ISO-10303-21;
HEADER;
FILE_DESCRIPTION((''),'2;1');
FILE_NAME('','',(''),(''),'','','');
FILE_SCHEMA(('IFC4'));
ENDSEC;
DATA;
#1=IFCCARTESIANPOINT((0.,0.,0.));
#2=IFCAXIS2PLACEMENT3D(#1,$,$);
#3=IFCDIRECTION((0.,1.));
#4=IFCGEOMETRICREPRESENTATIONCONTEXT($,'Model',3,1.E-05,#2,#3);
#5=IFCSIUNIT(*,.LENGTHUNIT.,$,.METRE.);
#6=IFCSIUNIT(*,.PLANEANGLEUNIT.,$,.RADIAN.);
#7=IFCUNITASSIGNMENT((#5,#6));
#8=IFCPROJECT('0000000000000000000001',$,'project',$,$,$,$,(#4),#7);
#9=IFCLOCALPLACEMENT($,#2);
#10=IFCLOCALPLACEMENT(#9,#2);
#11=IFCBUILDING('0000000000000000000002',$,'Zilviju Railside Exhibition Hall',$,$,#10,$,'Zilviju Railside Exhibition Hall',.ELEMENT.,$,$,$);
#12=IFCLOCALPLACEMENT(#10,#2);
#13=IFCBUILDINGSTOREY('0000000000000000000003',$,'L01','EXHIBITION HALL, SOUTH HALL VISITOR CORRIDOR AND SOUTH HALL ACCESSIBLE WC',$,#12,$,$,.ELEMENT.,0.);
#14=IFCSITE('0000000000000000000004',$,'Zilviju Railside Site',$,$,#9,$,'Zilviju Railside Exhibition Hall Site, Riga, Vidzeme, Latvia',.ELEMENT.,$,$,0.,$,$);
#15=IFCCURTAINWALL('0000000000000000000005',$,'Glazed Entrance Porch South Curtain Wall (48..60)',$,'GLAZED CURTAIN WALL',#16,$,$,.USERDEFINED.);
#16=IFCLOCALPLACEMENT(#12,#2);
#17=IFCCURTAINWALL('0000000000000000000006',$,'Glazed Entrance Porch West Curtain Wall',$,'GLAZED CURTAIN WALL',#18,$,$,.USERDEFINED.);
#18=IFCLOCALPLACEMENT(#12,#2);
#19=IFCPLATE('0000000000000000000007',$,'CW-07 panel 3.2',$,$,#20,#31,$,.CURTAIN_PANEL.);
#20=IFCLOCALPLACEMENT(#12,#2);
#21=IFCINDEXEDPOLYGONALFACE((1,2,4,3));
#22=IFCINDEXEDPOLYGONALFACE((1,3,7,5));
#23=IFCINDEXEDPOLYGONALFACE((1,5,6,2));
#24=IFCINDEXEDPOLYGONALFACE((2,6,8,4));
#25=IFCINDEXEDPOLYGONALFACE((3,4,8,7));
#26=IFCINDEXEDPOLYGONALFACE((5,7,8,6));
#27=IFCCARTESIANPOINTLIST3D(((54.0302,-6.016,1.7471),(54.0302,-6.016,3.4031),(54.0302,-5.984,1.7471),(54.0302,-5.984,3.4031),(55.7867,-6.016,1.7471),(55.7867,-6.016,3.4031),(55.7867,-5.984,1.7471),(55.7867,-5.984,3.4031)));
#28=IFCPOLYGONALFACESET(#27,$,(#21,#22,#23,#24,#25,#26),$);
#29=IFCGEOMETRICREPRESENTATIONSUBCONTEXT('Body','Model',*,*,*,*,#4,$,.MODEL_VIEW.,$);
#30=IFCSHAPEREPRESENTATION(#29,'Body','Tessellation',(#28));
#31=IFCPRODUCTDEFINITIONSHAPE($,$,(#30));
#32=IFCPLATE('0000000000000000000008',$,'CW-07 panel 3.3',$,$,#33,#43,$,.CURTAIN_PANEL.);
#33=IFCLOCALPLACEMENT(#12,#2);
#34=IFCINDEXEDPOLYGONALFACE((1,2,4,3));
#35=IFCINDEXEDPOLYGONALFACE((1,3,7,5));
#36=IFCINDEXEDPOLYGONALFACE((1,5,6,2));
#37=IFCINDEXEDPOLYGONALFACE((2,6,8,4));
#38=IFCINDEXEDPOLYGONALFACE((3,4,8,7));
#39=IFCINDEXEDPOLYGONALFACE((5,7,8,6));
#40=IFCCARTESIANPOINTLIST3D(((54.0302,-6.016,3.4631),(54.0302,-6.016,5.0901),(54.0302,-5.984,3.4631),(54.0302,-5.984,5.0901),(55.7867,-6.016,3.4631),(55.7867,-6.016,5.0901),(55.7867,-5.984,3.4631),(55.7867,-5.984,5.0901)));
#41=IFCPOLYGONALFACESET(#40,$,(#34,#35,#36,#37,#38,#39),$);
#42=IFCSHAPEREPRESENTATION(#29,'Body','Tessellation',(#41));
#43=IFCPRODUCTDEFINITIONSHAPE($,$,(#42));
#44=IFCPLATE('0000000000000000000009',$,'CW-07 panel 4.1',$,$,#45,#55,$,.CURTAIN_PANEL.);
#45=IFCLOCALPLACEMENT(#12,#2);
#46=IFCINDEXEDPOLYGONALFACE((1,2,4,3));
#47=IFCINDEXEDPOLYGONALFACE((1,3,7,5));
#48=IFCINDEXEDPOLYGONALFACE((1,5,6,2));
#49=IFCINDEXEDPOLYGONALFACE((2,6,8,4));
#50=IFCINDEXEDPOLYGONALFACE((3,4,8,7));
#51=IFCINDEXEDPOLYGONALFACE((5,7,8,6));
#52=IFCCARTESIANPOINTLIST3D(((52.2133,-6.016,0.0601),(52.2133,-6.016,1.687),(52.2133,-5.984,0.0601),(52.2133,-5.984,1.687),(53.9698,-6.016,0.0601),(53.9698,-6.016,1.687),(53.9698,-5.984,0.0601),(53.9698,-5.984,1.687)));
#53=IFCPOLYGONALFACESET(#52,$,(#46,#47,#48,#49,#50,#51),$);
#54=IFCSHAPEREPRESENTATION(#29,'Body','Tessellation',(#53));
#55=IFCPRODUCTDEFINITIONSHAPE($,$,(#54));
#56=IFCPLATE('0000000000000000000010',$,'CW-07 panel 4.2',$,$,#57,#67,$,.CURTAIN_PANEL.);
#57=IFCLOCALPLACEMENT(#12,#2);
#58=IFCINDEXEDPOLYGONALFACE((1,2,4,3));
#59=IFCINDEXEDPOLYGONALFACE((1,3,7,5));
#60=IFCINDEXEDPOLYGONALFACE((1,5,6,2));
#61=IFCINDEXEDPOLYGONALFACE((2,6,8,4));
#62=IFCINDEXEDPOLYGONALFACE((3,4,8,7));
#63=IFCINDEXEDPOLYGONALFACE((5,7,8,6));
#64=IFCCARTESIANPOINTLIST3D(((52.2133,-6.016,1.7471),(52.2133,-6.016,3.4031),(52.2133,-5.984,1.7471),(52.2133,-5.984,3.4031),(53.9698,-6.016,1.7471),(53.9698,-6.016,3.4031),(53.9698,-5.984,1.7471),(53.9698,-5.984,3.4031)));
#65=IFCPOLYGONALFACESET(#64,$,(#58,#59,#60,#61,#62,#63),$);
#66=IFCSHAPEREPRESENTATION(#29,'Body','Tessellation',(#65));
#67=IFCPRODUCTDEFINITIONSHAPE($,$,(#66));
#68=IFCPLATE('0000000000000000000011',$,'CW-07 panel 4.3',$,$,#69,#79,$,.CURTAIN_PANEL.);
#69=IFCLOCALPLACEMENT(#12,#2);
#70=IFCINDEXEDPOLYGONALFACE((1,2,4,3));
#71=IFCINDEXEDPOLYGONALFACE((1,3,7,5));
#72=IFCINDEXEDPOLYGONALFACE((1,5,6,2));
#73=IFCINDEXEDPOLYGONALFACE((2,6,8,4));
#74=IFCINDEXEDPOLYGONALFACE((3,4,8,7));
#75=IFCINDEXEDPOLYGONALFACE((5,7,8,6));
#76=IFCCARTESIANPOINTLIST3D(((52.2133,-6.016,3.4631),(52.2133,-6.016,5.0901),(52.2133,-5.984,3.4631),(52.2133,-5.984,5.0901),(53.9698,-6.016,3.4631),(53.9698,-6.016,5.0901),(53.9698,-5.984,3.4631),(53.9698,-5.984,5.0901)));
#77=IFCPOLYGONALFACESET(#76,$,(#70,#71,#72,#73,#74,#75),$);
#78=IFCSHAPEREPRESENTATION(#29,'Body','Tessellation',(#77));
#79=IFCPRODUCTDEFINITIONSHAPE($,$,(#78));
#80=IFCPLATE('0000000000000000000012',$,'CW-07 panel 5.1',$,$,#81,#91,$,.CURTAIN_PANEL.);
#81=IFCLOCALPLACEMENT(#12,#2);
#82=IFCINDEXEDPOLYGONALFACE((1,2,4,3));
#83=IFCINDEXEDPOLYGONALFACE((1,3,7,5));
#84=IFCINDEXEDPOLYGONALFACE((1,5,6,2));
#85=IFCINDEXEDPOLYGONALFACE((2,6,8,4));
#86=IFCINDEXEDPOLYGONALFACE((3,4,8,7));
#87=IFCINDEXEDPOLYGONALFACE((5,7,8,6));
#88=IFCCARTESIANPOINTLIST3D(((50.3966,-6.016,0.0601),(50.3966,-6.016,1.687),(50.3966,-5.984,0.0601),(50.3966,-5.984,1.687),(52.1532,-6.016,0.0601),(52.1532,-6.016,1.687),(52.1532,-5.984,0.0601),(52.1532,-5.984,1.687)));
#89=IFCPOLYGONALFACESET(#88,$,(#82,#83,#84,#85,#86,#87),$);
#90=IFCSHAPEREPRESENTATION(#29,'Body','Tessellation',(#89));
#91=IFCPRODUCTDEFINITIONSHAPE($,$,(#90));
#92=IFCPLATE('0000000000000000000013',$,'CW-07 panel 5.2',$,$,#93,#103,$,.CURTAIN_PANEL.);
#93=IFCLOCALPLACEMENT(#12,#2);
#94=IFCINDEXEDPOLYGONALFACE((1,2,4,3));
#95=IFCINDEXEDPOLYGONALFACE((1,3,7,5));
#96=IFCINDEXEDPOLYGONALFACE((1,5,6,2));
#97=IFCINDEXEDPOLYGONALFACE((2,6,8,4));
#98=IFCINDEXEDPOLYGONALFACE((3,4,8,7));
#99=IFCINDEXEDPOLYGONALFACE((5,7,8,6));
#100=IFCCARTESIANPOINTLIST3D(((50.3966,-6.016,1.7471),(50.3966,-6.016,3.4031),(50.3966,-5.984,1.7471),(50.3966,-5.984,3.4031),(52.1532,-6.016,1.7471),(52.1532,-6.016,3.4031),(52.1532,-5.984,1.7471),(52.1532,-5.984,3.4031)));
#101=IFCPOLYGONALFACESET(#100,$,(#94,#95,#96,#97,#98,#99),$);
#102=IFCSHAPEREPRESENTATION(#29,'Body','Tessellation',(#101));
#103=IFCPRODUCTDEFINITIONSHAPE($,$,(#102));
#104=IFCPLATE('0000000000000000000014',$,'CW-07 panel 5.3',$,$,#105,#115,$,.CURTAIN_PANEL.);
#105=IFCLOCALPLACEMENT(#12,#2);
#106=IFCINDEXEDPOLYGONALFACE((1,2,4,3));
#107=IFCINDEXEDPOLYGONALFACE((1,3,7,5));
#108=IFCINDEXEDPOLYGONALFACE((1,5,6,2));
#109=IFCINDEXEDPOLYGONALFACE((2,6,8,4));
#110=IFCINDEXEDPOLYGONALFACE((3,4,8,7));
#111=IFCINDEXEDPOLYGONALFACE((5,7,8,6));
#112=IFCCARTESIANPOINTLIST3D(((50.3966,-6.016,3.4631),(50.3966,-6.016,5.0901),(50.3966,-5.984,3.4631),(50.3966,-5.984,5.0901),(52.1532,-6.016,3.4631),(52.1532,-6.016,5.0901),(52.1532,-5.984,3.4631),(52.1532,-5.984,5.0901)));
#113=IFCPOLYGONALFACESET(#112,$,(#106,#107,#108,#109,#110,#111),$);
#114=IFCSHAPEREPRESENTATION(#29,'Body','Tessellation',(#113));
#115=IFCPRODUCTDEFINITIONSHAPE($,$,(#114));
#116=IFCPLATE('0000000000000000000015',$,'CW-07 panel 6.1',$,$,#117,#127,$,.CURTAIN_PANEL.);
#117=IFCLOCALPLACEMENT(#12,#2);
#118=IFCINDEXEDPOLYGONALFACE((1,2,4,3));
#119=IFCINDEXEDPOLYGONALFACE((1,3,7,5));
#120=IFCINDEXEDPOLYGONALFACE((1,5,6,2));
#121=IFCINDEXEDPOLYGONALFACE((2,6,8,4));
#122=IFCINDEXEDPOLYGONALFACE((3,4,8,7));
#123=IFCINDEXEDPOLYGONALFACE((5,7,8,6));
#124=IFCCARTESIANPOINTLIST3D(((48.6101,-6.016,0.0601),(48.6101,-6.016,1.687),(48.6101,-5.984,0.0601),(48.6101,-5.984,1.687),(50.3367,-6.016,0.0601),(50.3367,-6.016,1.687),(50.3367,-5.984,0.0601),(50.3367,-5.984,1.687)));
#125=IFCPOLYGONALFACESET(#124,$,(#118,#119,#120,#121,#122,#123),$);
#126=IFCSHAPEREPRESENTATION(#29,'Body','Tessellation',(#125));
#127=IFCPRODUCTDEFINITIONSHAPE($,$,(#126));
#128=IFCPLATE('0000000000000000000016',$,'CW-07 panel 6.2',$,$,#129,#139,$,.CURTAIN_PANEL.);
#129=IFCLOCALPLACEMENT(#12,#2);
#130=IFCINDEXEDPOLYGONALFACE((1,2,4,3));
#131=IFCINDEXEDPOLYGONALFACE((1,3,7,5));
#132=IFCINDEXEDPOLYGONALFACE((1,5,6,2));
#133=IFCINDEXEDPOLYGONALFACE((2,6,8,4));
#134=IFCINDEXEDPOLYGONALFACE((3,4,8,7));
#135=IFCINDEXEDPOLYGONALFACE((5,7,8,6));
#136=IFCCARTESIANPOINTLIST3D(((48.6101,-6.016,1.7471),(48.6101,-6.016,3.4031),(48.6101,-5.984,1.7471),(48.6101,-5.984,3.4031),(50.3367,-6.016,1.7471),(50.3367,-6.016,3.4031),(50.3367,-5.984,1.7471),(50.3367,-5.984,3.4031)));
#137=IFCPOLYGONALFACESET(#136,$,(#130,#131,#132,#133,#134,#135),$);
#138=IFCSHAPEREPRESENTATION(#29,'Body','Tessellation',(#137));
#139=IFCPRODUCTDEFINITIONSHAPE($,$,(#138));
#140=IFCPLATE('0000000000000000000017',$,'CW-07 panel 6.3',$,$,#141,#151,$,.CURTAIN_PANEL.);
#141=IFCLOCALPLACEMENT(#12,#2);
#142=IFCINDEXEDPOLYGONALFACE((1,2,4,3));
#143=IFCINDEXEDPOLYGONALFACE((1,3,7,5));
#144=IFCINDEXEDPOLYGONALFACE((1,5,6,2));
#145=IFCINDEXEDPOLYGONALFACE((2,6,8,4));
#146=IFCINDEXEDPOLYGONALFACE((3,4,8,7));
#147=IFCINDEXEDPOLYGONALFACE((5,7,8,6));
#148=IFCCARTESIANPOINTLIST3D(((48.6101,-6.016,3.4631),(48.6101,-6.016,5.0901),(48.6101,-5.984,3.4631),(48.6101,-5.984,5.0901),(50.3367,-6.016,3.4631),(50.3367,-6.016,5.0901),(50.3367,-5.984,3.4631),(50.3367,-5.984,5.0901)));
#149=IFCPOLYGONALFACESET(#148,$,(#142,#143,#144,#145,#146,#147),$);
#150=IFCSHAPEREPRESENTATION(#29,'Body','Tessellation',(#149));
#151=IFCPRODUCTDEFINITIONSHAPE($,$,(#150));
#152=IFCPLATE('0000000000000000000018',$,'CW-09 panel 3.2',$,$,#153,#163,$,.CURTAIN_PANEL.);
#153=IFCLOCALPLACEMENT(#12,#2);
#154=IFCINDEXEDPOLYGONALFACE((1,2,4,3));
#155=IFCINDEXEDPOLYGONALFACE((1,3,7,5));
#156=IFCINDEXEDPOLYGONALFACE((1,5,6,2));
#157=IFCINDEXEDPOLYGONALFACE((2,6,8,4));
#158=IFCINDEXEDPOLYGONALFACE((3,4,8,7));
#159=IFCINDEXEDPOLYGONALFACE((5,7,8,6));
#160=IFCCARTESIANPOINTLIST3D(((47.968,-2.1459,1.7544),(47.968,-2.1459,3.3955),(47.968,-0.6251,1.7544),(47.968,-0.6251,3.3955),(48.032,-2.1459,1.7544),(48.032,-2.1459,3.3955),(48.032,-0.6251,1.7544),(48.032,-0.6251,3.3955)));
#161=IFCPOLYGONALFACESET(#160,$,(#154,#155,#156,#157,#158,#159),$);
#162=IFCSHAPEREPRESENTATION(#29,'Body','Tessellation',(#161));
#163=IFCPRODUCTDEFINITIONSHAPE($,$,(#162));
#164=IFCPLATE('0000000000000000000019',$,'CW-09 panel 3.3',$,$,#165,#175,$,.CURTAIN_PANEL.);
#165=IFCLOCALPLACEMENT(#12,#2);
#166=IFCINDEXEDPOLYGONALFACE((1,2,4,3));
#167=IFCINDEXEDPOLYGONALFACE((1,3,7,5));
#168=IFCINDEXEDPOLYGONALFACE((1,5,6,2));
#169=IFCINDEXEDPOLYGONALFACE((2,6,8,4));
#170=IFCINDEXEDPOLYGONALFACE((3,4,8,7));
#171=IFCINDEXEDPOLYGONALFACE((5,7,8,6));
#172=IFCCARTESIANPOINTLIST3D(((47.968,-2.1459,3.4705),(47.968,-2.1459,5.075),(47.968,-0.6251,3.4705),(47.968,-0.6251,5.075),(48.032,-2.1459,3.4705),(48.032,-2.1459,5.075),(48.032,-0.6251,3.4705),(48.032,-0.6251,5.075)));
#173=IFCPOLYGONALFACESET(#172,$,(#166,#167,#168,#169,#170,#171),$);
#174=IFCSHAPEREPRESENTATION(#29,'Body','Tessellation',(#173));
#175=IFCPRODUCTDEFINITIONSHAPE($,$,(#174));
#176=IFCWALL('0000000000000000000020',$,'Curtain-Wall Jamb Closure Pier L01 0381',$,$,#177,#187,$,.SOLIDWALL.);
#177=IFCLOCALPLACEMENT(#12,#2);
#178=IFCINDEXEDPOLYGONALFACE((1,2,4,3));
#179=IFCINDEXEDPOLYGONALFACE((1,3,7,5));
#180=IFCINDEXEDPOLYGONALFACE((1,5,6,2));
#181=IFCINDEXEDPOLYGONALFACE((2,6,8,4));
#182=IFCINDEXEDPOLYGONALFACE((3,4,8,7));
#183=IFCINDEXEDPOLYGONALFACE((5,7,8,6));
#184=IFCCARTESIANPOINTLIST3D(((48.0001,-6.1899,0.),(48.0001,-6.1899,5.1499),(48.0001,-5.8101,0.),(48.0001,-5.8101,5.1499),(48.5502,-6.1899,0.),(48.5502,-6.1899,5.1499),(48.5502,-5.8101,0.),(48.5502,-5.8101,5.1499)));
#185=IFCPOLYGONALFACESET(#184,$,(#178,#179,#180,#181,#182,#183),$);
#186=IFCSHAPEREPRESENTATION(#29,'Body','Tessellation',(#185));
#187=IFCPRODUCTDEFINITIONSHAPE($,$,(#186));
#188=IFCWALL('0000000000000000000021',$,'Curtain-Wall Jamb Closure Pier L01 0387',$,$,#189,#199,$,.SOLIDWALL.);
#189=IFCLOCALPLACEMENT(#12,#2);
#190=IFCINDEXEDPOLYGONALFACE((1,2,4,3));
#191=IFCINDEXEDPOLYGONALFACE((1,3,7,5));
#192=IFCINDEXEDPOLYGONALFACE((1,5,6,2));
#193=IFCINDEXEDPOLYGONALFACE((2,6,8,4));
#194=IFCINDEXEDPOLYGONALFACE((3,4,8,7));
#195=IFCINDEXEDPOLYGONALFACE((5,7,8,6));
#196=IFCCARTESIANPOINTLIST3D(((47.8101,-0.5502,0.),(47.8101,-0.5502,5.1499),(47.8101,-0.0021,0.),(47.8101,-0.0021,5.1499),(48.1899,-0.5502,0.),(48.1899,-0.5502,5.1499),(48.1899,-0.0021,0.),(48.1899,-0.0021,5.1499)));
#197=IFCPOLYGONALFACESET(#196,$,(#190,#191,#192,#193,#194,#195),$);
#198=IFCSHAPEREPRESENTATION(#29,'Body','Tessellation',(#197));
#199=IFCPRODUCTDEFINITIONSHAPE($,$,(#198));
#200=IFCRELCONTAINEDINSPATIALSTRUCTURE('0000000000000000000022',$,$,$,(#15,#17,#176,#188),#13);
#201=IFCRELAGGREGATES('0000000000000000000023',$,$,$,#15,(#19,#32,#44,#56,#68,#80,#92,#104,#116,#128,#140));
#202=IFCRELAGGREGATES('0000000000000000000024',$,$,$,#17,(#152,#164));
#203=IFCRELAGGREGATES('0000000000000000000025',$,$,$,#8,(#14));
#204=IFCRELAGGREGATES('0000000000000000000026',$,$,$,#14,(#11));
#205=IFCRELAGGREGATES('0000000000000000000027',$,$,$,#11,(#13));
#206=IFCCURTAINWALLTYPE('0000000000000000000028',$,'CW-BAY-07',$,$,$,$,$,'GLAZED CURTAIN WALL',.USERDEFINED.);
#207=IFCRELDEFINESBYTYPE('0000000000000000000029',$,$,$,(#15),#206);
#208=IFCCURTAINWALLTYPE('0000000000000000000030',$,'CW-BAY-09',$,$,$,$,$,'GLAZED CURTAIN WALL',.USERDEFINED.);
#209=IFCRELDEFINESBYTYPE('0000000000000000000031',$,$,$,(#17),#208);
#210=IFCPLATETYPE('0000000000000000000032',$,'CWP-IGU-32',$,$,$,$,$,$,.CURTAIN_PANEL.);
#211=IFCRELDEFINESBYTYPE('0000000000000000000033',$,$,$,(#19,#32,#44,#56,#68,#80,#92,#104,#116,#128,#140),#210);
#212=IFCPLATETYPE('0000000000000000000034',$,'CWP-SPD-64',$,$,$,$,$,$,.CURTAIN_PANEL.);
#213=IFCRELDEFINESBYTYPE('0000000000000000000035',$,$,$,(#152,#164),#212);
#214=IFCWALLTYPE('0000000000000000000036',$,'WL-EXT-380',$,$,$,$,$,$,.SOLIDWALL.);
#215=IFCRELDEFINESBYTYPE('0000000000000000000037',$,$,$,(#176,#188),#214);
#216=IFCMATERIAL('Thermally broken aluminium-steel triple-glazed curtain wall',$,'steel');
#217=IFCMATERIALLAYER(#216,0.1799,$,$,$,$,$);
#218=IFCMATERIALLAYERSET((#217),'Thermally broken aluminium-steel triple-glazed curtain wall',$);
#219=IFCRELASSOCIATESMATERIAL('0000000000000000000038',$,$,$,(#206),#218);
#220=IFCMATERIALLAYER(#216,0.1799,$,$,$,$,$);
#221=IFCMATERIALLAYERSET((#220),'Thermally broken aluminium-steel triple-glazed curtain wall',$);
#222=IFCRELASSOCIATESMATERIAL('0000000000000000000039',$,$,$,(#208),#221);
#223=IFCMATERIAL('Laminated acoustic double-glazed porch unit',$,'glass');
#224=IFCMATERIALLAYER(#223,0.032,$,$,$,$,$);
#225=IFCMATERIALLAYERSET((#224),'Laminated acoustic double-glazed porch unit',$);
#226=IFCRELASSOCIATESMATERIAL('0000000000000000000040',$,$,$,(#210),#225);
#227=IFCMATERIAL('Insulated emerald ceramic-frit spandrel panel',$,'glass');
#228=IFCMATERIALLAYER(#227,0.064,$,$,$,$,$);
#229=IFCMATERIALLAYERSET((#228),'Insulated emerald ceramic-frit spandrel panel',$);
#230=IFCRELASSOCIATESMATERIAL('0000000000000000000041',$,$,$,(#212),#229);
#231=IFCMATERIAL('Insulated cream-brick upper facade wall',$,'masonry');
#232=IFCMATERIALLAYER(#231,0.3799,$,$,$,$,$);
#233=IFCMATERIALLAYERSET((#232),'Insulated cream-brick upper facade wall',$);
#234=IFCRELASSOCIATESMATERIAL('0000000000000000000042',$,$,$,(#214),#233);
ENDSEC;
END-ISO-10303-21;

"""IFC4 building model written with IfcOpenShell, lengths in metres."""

from ifc_helpers import new_model, si_unit, direction, frame, frame_2d, origin, origin_2d, place, context, subcontext, project, spatial, rectangle, extrude, material, layer, layer_set, type_object, element, aggregate, save


model = new_model("IFC4")

# Units and contexts
model_context = context("Model", 3, precision=1e-05, world=origin(), true_north=direction((0.0, 1.0)))
body_context = subcontext(model_context, "Body", "Model", "MODEL_VIEW")
ifc_project = project(units=[si_unit("LENGTHUNIT", "METRE"), si_unit("PLANEANGLEUNIT", "RADIAN")], contexts=[model_context])

# Site, building, storey
site_placement = place(None, origin())
site = spatial("IfcSite", under=ifc_project, at=site_placement, Name="Zilviju Railside Site", LongName="Zilviju Railside Exhibition Hall Site, Riga, Vidzeme, Latvia", CompositionType="ELEMENT", RefElevation=0.0)
building_placement = place(site_placement, origin())
building = spatial("IfcBuilding", under=site, at=building_placement, Name="Zilviju Railside Exhibition Hall", LongName="Zilviju Railside Exhibition Hall", CompositionType="ELEMENT")
storey_placement = place(building_placement, origin())
storey = spatial("IfcBuildingStorey", under=building, at=storey_placement, Name="L01", Description="EXHIBITION HALL, SOUTH HALL VISITOR CORRIDOR AND SOUTH HALL ACCESSIBLE WC", CompositionType="ELEMENT", Elevation=0.0)

# Curtain wall
ifc_material_1 = material(Name="Thermally broken aluminium-steel triple-glazed curtain wall", Category="steel")
ifc_layer_1 = layer(ifc_material_1, 0.1799)
ifc_layer_set_1 = layer_set([ifc_layer_1], Name="Thermally broken aluminium-steel triple-glazed curtain wall")
curtain_wall_type_1 = type_object("IfcCurtainWallType", Name="CW-BAY-07", ElementType="GLAZED CURTAIN WALL", PredefinedType="USERDEFINED", material=ifc_layer_set_1)
curtain_wall_1_placement = place(storey_placement, origin())
curtain_wall_1 = element("IfcCurtainWall", 1, at=curtain_wall_1_placement, inside=storey, type_object=curtain_wall_type_1, Name="Glazed Entrance Porch South Curtain Wall (48..60)", ObjectType="GLAZED CURTAIN WALL", PredefinedType="USERDEFINED")

# Curtain wall
ifc_layer_2 = layer(ifc_material_1, 0.1799)
ifc_layer_set_2 = layer_set([ifc_layer_2], Name="Thermally broken aluminium-steel triple-glazed curtain wall")
curtain_wall_type_2 = type_object("IfcCurtainWallType", Name="CW-BAY-09", ElementType="GLAZED CURTAIN WALL", PredefinedType="USERDEFINED", material=ifc_layer_set_2)
curtain_wall_2_placement = place(storey_placement, origin())
curtain_wall_2 = element("IfcCurtainWall", 2, at=curtain_wall_2_placement, inside=storey, type_object=curtain_wall_type_2, Name="Glazed Entrance Porch West Curtain Wall", ObjectType="GLAZED CURTAIN WALL", PredefinedType="USERDEFINED")

# Plates
ifc_material_2 = material(Name="Laminated acoustic double-glazed porch unit", Category="glass")
ifc_layer_3 = layer(ifc_material_2, 0.032)
ifc_layer_set_3 = layer_set([ifc_layer_3], Name="Laminated acoustic double-glazed porch unit")
plate_type_1 = type_object("IfcPlateType", Name="CWP-IGU-32", PredefinedType="CURTAIN_PANEL", material=ifc_layer_set_3)
plate_1_placement = place(storey_placement, frame((54.9084, -6.0, 1.7471), z_axis=(0.0, 0.0, 1.0), x_axis=(-1.0, 0.0, 0.0)))
plate_1 = element("IfcPlate", 3, at=plate_1_placement, type_object=plate_type_1, Name="CW-07 panel 3.2", PredefinedType="CURTAIN_PANEL", context=body_context, shape_type="SweptSolid", body=[
    extrude(rectangle(XDim=1.7566, YDim=0.032, at=origin_2d()), origin(), (0.0, 0.0, 1.0), 1.656),
])
plate_2_placement = place(storey_placement, frame((54.9084, -6.0, 3.4631), z_axis=(0.0, 0.0, 1.0), x_axis=(-1.0, 0.0, 0.0)))
plate_2 = element("IfcPlate", 4, at=plate_2_placement, type_object=plate_type_1, Name="CW-07 panel 3.3", PredefinedType="CURTAIN_PANEL", context=body_context, shape_type="SweptSolid", body=[
    extrude(rectangle(XDim=1.7566, YDim=0.032, at=origin_2d()), origin(), (0.0, 0.0, 1.0), 1.627),
])
plate_3_placement = place(storey_placement, frame((53.0916, -6.0, 0.0601), z_axis=(0.0, 0.0, 1.0), x_axis=(-1.0, 0.0, 0.0)))
plate_3 = element("IfcPlate", 5, at=plate_3_placement, type_object=plate_type_1, Name="CW-07 panel 4.1", PredefinedType="CURTAIN_PANEL", context=body_context, shape_type="SweptSolid", body=[
    extrude(rectangle(XDim=1.7566, YDim=0.032, at=origin_2d()), origin(), (0.0, 0.0, 1.0), 1.627),
])
plate_4_placement = place(storey_placement, frame((53.0916, -6.0, 1.7471), z_axis=(0.0, 0.0, 1.0), x_axis=(-1.0, 0.0, 0.0)))
plate_4 = element("IfcPlate", 6, at=plate_4_placement, type_object=plate_type_1, Name="CW-07 panel 4.2", PredefinedType="CURTAIN_PANEL", context=body_context, shape_type="SweptSolid", body=[
    extrude(rectangle(XDim=1.7566, YDim=0.032, at=origin_2d()), origin(), (0.0, 0.0, 1.0), 1.656),
])
plate_5_placement = place(storey_placement, frame((53.0916, -6.0, 3.4631), z_axis=(0.0, 0.0, 1.0), x_axis=(-1.0, 0.0, 0.0)))
plate_5 = element("IfcPlate", 7, at=plate_5_placement, type_object=plate_type_1, Name="CW-07 panel 4.3", PredefinedType="CURTAIN_PANEL", context=body_context, shape_type="SweptSolid", body=[
    extrude(rectangle(XDim=1.7566, YDim=0.032, at=origin_2d()), origin(), (0.0, 0.0, 1.0), 1.627),
])
plate_6_placement = place(storey_placement, frame((51.2749, -6.0, 0.0601), z_axis=(0.0, 0.0, 1.0), x_axis=(-1.0, 0.0, 0.0)))
plate_6 = element("IfcPlate", 8, at=plate_6_placement, type_object=plate_type_1, Name="CW-07 panel 5.1", PredefinedType="CURTAIN_PANEL", context=body_context, shape_type="SweptSolid", body=[
    extrude(rectangle(XDim=1.7566, YDim=0.032, at=origin_2d()), origin(), (0.0, 0.0, 1.0), 1.627),
])
plate_7_placement = place(storey_placement, frame((51.2749, -6.0, 1.7471), z_axis=(0.0, 0.0, 1.0), x_axis=(-1.0, 0.0, 0.0)))
plate_7 = element("IfcPlate", 9, at=plate_7_placement, type_object=plate_type_1, Name="CW-07 panel 5.2", PredefinedType="CURTAIN_PANEL", context=body_context, shape_type="SweptSolid", body=[
    extrude(rectangle(XDim=1.7566, YDim=0.032, at=origin_2d()), origin(), (0.0, 0.0, 1.0), 1.656),
])
plate_8_placement = place(storey_placement, frame((51.2749, -6.0, 3.4631), z_axis=(0.0, 0.0, 1.0), x_axis=(-1.0, 0.0, 0.0)))
plate_8 = element("IfcPlate", 10, at=plate_8_placement, type_object=plate_type_1, Name="CW-07 panel 5.3", PredefinedType="CURTAIN_PANEL", context=body_context, shape_type="SweptSolid", body=[
    extrude(rectangle(XDim=1.7566, YDim=0.032, at=origin_2d()), origin(), (0.0, 0.0, 1.0), 1.627),
])
plate_9_placement = place(storey_placement, frame((49.4734, -6.0, 0.0601), z_axis=(0.0, 0.0, 1.0), x_axis=(-1.0, 0.0, 0.0)))
plate_9 = element("IfcPlate", 11, at=plate_9_placement, type_object=plate_type_1, Name="CW-07 panel 6.1", PredefinedType="CURTAIN_PANEL", context=body_context, shape_type="SweptSolid", body=[
    extrude(rectangle(XDim=1.7266, YDim=0.032, at=origin_2d()), origin(), (0.0, 0.0, 1.0), 1.627),
])
plate_10_placement = place(storey_placement, frame((49.4734, -6.0, 1.7471), z_axis=(0.0, 0.0, 1.0), x_axis=(-1.0, 0.0, 0.0)))
plate_10 = element("IfcPlate", 12, at=plate_10_placement, type_object=plate_type_1, Name="CW-07 panel 6.2", PredefinedType="CURTAIN_PANEL", context=body_context, shape_type="SweptSolid", body=[
    extrude(rectangle(XDim=1.7266, YDim=0.032, at=origin_2d()), origin(), (0.0, 0.0, 1.0), 1.656),
])
plate_11_placement = place(storey_placement, frame((49.4734, -6.0, 3.4631), z_axis=(0.0, 0.0, 1.0), x_axis=(-1.0, 0.0, 0.0)))
plate_11 = element("IfcPlate", 13, at=plate_11_placement, type_object=plate_type_1, Name="CW-07 panel 6.3", PredefinedType="CURTAIN_PANEL", context=body_context, shape_type="SweptSolid", body=[
    extrude(rectangle(XDim=1.7266, YDim=0.032, at=origin_2d()), origin(), (0.0, 0.0, 1.0), 1.627),
])
aggregate(curtain_wall_1, [plate_1, plate_2, plate_3, plate_4, plate_5, plate_6, plate_7, plate_8, plate_9, plate_10, plate_11])
ifc_material_3 = material(Name="Insulated emerald ceramic-frit spandrel panel", Category="glass")
ifc_layer_4 = layer(ifc_material_3, 0.064)
ifc_layer_set_4 = layer_set([ifc_layer_4], Name="Insulated emerald ceramic-frit spandrel panel")
plate_type_2 = type_object("IfcPlateType", Name="CWP-SPD-64", PredefinedType="CURTAIN_PANEL", material=ifc_layer_set_4)
plate_12_placement = place(storey_placement, frame((48.0, -1.3855, 1.7544), z_axis=(0.0, 0.0, 1.0), x_axis=(0.0, 1.0, 0.0)))
plate_12 = element("IfcPlate", 14, at=plate_12_placement, type_object=plate_type_2, Name="CW-09 panel 3.2", PredefinedType="CURTAIN_PANEL", context=body_context, shape_type="SweptSolid", body=[
    extrude(rectangle(XDim=1.5208, YDim=0.064, at=origin_2d()), origin(), (0.0, 0.0, 1.0), 1.6411),
])
plate_13_placement = place(storey_placement, frame((48.0, -1.3855, 3.4705), z_axis=(0.0, 0.0, 1.0), x_axis=(0.0, 1.0, 0.0)))
plate_13 = element("IfcPlate", 15, at=plate_13_placement, type_object=plate_type_2, Name="CW-09 panel 3.3", PredefinedType="CURTAIN_PANEL", context=body_context, shape_type="SweptSolid", body=[
    extrude(rectangle(XDim=1.5208, YDim=0.064, at=origin_2d()), origin(), (0.0, 0.0, 1.0), 1.6045),
])
aggregate(curtain_wall_2, [plate_12, plate_13])

# Walls
ifc_material_4 = material(Name="Insulated cream-brick upper facade wall", Category="masonry")
ifc_layer_5 = layer(ifc_material_4, 0.3799)
ifc_layer_set_5 = layer_set([ifc_layer_5], Name="Insulated cream-brick upper facade wall")
wall_type = type_object("IfcWallType", Name="WL-EXT-380", PredefinedType="SOLIDWALL", material=ifc_layer_set_5)
wall_1_placement = place(storey_placement, frame((48.55, -6.0, 0.0), z_axis=(0.0, 0.0, 1.0), x_axis=(-1.0, 0.0, 0.0)))
element("IfcWall", 16, at=wall_1_placement, inside=storey, type_object=wall_type, Name="Curtain-Wall Jamb Closure Pier L01 0381", PredefinedType="SOLIDWALL", context=body_context, shape_type="SweptSolid", body=[
    extrude(rectangle(XDim=0.55, YDim=0.3799, at=frame_2d((0.2749, 0.0))), origin(), (0.0, 0.0, 1.0), 5.1499),
])
wall_2_placement = place(storey_placement, frame((48.0, -0.55, 0.0), z_axis=(0.0, 0.0, 1.0), x_axis=(0.0, 1.0, 0.0)))
element("IfcWall", 17, at=wall_2_placement, inside=storey, type_object=wall_type, Name="Curtain-Wall Jamb Closure Pier L01 0387", PredefinedType="SOLIDWALL", context=body_context, shape_type="SweptSolid", body=[
    extrude(rectangle(XDim=0.5481, YDim=0.3799, at=frame_2d((0.2739, 0.0))), origin(), (0.0, 0.0, 1.0), 5.1499),
])

save(model, "model.ifc")
